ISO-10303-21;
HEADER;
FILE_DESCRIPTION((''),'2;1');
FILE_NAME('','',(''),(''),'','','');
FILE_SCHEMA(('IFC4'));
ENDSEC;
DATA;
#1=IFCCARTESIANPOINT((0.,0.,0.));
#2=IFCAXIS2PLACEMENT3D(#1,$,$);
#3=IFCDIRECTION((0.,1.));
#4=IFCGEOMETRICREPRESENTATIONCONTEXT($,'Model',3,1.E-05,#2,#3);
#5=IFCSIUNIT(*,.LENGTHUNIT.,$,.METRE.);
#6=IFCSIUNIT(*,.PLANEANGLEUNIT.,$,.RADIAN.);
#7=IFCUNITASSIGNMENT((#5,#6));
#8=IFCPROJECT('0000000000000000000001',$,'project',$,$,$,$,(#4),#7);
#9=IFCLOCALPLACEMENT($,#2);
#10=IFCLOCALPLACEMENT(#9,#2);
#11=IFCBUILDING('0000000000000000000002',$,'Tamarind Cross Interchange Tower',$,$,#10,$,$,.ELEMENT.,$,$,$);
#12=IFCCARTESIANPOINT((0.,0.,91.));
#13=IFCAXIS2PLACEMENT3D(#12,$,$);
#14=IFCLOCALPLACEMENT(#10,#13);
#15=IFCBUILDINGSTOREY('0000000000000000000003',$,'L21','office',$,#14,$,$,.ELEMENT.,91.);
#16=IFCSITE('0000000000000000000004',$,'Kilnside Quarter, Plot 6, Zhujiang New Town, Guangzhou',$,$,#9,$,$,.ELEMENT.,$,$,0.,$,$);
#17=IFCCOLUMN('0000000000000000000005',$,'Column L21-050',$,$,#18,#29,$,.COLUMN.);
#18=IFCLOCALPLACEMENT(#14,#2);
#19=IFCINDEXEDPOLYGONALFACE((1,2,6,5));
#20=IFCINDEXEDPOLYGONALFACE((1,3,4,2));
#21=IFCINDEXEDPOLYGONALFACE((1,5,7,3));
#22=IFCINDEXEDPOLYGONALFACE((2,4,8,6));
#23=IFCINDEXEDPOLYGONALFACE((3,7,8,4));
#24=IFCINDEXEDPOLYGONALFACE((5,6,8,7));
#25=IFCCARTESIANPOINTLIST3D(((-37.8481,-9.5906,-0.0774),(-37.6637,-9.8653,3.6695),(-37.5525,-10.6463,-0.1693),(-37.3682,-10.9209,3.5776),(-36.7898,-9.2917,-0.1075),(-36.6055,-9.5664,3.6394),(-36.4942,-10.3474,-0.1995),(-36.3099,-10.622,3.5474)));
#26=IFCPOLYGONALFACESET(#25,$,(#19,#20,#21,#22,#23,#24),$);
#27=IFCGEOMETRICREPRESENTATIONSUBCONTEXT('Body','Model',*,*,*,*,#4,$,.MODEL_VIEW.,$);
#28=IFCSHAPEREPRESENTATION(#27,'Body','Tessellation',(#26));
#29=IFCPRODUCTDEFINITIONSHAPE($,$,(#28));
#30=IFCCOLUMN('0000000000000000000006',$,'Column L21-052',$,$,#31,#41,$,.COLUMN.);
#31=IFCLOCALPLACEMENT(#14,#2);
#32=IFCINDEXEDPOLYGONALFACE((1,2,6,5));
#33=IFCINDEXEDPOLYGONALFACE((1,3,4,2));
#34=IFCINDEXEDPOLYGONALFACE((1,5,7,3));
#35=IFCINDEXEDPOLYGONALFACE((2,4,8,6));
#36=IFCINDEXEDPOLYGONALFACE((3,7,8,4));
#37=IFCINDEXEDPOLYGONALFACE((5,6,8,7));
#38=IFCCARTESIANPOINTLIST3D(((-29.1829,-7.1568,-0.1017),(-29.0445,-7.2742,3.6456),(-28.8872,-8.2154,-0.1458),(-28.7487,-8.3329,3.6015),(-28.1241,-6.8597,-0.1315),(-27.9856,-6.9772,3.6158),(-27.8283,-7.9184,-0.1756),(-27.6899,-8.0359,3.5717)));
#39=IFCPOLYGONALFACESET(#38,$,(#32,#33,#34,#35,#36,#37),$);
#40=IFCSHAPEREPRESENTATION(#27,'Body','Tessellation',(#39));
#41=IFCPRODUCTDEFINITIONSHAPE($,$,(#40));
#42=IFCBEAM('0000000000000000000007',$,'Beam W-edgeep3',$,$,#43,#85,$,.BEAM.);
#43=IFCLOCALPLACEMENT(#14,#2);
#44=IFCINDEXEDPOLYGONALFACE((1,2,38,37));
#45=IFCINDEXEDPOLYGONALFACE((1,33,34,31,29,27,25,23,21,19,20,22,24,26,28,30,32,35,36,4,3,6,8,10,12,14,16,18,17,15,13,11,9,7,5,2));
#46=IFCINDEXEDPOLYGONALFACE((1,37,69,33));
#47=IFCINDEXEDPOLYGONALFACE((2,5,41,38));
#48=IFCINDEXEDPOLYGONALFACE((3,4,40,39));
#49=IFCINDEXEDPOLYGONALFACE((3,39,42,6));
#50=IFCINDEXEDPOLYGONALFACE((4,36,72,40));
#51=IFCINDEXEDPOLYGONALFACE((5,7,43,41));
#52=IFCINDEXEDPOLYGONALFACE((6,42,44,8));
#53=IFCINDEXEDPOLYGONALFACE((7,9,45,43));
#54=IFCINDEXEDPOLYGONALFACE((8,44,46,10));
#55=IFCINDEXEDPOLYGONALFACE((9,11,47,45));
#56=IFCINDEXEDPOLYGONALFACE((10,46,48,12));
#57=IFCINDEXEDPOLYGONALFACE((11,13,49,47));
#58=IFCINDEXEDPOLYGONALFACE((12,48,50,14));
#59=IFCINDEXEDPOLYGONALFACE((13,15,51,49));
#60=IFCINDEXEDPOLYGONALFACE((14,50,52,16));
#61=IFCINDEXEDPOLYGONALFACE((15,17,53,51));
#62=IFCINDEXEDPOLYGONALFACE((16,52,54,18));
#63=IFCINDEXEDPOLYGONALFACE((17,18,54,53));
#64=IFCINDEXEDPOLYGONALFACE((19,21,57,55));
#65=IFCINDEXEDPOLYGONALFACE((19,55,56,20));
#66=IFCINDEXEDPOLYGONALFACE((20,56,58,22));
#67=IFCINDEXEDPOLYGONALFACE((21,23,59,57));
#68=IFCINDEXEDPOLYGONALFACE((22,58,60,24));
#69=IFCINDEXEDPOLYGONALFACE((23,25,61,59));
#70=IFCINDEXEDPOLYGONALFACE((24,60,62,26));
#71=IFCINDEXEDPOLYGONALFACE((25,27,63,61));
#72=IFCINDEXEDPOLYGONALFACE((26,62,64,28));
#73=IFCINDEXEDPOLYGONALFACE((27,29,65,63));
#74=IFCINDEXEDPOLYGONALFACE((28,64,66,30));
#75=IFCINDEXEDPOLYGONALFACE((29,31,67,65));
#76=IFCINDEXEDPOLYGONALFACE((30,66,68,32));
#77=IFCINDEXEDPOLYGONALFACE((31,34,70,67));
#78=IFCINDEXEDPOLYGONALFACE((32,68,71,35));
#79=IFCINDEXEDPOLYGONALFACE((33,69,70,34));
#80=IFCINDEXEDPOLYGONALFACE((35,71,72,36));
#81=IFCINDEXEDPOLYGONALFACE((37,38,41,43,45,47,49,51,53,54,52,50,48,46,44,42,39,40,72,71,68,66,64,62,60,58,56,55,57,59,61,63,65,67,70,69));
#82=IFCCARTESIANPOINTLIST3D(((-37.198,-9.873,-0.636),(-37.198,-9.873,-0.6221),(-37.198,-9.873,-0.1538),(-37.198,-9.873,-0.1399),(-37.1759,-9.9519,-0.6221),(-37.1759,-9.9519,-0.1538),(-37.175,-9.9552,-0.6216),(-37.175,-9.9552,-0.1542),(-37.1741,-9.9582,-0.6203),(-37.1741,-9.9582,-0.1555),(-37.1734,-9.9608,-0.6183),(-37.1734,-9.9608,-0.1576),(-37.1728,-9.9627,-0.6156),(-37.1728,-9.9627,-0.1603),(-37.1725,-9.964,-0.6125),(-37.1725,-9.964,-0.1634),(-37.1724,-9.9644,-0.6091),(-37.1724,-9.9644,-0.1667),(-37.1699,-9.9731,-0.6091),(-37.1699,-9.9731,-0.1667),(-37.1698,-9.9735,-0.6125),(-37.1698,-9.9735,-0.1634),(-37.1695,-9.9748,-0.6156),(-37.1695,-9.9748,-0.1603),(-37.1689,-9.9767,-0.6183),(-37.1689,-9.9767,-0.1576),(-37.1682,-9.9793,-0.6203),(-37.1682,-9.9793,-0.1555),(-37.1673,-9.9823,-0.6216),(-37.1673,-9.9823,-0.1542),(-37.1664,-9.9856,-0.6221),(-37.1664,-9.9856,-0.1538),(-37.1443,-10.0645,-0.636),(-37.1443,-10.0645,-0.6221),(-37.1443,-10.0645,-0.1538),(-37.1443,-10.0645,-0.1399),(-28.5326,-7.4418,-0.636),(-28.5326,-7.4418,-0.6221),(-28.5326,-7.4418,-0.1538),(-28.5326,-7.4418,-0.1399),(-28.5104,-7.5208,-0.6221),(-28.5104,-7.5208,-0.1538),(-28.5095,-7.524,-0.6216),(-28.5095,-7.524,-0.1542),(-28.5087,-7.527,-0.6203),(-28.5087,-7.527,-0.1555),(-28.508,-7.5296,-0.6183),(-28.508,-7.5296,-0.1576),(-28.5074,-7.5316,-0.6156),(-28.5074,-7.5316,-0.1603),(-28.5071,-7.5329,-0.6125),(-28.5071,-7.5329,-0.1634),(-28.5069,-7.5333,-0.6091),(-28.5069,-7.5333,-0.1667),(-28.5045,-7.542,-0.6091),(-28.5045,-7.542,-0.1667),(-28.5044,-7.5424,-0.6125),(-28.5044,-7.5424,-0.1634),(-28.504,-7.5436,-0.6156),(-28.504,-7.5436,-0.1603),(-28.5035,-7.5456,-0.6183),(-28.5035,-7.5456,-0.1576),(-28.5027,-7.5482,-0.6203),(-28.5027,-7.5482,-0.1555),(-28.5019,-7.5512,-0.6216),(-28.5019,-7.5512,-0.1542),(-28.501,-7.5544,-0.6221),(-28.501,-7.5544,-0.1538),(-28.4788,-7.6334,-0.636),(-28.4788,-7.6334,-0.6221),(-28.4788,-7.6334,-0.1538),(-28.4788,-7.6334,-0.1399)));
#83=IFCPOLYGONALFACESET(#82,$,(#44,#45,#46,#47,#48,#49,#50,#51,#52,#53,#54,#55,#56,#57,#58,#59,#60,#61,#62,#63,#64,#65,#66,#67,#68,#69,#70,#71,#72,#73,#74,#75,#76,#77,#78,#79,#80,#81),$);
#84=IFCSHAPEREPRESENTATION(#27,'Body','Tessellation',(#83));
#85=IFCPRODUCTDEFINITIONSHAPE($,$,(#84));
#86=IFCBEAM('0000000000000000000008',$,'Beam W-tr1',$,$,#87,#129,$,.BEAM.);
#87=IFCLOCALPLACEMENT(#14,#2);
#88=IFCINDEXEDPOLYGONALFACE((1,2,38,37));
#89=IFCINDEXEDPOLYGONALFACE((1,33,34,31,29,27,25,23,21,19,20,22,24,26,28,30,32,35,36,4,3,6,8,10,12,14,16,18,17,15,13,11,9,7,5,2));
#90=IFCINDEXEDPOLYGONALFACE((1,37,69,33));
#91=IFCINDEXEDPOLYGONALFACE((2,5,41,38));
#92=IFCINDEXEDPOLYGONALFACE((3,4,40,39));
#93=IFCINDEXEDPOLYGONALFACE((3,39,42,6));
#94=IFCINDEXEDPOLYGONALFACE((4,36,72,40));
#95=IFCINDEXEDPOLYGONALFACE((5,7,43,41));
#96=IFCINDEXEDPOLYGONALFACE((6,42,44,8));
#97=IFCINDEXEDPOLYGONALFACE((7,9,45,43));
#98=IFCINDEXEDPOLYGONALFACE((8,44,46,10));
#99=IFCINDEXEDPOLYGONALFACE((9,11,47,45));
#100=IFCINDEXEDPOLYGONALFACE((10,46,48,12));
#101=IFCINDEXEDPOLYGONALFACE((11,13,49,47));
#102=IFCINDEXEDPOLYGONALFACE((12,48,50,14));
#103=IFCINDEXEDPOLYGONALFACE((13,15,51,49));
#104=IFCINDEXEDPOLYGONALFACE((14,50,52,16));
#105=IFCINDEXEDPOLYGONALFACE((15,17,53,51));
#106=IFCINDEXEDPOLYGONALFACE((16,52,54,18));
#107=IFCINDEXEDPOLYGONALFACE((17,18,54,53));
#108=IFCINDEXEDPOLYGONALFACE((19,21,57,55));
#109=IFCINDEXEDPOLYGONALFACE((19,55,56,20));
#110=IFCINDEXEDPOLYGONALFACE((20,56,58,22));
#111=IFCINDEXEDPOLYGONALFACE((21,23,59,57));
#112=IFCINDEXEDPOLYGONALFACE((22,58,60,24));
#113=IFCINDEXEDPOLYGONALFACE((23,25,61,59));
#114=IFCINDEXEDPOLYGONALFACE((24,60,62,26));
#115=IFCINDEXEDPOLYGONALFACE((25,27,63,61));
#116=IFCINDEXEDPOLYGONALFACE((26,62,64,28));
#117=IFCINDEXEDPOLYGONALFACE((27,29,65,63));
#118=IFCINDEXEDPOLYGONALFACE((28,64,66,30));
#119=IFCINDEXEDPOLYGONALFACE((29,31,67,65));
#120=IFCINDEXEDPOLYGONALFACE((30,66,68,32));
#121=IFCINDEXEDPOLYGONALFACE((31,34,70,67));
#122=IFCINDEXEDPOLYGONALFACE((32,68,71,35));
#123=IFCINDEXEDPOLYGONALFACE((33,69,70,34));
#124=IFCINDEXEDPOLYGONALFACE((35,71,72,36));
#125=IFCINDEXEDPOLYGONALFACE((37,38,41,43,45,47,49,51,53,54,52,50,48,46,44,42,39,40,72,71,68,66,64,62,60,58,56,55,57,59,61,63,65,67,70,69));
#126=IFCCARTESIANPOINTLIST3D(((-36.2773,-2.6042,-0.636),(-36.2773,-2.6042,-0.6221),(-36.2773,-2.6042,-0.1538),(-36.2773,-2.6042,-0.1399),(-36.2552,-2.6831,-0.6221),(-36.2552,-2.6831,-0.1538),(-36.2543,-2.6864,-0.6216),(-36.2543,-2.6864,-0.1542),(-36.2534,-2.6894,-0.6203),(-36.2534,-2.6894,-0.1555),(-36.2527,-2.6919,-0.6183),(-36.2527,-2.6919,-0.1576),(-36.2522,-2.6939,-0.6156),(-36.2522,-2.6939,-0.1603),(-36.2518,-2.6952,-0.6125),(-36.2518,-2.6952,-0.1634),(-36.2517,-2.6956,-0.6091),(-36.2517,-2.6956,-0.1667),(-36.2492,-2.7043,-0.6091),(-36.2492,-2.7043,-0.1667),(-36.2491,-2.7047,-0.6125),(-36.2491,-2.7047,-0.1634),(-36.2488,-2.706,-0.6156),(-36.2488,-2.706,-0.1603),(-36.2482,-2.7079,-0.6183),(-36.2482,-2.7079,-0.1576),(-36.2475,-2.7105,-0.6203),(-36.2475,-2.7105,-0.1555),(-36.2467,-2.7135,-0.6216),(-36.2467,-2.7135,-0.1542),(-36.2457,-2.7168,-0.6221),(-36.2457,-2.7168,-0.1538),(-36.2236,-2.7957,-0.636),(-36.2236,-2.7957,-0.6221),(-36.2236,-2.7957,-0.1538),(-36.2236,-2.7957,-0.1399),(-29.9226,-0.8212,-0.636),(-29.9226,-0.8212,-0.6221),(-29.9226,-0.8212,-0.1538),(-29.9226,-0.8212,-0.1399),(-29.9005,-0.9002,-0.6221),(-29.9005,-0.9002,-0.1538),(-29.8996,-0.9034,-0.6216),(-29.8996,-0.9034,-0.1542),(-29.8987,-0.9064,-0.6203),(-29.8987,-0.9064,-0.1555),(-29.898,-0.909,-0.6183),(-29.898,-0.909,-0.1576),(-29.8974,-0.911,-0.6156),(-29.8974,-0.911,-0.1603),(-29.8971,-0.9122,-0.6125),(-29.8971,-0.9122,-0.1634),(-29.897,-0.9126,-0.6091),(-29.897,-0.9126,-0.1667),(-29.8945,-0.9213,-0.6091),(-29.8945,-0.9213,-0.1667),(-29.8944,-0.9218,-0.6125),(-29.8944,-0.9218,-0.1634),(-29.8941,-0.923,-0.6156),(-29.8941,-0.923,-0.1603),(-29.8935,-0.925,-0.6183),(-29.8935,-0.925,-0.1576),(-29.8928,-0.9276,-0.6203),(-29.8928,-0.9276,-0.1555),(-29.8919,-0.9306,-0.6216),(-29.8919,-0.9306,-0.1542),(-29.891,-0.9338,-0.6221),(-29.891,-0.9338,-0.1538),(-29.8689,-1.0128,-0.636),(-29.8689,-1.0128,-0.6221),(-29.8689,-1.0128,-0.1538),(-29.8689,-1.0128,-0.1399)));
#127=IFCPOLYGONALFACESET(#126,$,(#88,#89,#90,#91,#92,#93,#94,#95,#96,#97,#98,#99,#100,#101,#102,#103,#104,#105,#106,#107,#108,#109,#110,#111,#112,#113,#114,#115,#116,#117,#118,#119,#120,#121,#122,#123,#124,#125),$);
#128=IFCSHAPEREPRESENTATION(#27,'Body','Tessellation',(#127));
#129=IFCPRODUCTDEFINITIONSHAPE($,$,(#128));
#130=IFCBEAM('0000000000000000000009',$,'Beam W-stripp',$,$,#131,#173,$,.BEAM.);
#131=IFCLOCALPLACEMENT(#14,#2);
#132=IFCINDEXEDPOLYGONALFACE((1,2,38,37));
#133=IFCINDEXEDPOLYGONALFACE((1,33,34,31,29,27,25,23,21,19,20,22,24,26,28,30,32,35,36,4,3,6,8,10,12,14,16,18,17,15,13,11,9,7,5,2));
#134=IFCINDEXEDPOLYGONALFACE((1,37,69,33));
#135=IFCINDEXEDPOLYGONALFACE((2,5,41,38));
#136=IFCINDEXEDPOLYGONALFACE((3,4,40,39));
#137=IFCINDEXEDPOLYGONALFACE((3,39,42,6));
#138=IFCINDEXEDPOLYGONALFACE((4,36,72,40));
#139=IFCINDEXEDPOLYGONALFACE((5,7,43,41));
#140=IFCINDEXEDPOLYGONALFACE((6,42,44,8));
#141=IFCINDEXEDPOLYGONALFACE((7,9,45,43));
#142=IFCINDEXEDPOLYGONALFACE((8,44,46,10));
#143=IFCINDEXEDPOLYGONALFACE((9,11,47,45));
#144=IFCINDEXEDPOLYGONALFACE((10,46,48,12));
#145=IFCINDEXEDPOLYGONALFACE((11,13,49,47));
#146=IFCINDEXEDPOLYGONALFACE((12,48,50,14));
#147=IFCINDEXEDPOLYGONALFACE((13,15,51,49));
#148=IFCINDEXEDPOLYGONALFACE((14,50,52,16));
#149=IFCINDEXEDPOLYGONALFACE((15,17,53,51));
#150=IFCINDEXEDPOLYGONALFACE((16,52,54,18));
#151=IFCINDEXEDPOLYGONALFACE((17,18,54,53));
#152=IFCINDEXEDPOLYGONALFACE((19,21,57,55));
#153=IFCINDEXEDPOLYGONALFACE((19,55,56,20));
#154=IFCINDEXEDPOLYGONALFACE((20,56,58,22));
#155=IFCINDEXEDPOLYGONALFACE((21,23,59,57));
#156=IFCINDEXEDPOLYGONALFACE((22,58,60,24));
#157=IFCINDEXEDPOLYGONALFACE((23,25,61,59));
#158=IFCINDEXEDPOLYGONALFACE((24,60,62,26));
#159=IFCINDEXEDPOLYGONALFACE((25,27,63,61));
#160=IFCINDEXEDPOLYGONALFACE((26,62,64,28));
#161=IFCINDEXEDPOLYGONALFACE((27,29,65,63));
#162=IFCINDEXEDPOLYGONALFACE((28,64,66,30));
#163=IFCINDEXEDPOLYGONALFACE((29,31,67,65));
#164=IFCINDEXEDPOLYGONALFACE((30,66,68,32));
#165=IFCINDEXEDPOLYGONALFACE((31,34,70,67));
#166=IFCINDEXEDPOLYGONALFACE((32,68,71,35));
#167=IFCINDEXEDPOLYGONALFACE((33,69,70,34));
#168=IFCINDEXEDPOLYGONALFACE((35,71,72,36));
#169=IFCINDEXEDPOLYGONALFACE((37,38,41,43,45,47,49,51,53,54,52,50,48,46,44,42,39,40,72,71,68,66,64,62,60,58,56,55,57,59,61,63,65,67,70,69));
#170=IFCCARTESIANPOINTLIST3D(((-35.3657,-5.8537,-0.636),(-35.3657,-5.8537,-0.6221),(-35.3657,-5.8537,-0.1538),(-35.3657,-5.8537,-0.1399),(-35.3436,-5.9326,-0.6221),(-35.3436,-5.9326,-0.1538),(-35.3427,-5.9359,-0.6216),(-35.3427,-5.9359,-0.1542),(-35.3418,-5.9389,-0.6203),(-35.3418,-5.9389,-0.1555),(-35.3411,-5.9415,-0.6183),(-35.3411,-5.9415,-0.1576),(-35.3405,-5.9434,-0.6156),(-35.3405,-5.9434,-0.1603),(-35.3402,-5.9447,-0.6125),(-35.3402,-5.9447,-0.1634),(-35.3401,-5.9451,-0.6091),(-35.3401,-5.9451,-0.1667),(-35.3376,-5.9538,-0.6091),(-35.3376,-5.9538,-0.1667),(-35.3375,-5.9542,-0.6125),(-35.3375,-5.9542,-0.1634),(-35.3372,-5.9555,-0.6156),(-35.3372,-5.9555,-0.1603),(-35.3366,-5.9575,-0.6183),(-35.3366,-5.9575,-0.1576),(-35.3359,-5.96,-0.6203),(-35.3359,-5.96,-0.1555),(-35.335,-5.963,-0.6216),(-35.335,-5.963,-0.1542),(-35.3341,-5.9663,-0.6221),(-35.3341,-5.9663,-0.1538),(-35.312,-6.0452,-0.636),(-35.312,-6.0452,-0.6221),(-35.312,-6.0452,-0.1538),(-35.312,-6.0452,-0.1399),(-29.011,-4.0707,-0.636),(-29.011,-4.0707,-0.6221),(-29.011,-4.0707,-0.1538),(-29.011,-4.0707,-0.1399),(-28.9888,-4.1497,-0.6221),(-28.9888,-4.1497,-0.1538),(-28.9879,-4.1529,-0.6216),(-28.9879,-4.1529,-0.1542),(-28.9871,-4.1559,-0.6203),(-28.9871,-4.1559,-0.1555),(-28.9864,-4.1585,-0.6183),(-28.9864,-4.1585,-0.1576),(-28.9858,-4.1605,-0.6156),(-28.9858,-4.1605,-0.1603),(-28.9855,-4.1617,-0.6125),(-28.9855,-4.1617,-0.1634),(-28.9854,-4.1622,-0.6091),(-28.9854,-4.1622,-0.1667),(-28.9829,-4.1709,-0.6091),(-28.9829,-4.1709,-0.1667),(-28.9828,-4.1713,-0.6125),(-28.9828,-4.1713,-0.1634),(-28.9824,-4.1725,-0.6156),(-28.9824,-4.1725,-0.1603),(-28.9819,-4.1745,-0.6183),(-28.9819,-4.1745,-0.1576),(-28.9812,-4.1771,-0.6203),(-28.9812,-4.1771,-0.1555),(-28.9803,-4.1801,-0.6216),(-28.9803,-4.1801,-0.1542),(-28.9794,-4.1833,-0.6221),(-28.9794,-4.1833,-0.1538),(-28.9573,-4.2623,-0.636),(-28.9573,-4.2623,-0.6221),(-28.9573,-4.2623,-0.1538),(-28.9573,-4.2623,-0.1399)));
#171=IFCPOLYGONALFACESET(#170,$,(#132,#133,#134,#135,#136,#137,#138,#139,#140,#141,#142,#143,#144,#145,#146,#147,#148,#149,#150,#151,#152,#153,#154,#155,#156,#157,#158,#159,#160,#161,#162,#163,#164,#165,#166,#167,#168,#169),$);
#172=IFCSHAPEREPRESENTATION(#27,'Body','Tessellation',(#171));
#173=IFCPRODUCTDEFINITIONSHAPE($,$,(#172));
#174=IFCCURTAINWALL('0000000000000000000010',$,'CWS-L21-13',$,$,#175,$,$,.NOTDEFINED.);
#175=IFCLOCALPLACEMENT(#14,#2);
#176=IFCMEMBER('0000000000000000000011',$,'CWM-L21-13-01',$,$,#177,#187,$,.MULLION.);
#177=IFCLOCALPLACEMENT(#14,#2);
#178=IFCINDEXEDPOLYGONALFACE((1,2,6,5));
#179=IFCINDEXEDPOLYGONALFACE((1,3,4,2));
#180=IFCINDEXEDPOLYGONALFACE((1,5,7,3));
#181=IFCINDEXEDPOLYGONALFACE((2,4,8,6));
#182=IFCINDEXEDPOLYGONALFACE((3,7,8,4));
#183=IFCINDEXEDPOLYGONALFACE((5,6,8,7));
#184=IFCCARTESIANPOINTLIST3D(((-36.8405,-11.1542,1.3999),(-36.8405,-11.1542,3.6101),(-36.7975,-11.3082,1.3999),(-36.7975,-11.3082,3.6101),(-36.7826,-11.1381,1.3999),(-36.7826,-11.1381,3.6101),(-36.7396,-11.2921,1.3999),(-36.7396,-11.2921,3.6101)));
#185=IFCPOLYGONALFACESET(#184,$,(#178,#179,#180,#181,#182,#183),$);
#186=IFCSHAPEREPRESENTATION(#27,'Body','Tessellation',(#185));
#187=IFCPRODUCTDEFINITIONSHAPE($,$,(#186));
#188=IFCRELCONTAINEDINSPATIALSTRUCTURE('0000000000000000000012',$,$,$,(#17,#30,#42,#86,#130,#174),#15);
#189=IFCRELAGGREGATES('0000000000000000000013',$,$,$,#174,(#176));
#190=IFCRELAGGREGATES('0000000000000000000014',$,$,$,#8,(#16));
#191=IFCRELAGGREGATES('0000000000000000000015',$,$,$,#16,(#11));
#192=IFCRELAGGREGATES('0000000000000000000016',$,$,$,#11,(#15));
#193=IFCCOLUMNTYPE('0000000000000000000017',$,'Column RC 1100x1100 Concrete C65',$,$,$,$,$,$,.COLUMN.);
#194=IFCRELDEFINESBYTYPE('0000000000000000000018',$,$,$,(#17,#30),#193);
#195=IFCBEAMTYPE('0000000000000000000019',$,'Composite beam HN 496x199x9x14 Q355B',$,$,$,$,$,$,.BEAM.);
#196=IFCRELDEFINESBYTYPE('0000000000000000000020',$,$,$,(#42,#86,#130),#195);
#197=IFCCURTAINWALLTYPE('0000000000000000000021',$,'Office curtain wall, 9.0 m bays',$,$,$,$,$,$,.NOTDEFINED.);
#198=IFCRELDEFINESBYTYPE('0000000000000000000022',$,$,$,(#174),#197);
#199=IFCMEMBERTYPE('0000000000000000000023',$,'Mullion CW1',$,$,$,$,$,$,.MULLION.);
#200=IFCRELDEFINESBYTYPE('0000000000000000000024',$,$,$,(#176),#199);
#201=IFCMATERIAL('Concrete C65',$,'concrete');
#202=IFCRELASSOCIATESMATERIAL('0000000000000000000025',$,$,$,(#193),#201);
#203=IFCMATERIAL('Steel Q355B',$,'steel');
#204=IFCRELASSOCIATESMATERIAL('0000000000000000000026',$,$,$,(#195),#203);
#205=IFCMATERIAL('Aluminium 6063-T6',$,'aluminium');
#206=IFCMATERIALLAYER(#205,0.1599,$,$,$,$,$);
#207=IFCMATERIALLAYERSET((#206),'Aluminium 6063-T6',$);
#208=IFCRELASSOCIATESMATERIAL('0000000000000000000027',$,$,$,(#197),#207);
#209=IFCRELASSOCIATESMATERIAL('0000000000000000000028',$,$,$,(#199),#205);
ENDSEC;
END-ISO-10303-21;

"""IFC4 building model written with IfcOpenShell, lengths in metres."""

from ifc_helpers import new_model, si_unit, direction, frame, origin, origin_2d, place, context, subcontext, project, spatial, rectangle, i_section, extrude, material, layer, layer_set, material_profile, profile_set, type_object, element, aggregate, save


model = new_model("IFC4")

# Units and contexts
model_context = context("Model", 3, precision=1e-05, world=origin(), true_north=direction((0.0, 1.0)))
body_context = subcontext(model_context, "Body", "Model", "MODEL_VIEW")
ifc_project = project(units=[si_unit("LENGTHUNIT", "METRE"), si_unit("PLANEANGLEUNIT", "RADIAN")], contexts=[model_context])

# Site, building, storey
site_placement = place(None, origin())
site = spatial("IfcSite", under=ifc_project, at=site_placement, Name="Kilnside Quarter, Plot 6, Zhujiang New Town, Guangzhou", CompositionType="ELEMENT", RefElevation=0.0)
building_placement = place(site_placement, origin())
building = spatial("IfcBuilding", under=site, at=building_placement, Name="Tamarind Cross Interchange Tower", CompositionType="ELEMENT")
storey_placement = place(building_placement, frame((0.0, 0.0, 91.0)))
storey = spatial("IfcBuildingStorey", under=building, at=storey_placement, Name="L21", Description="office", CompositionType="ELEMENT", Elevation=91.0)

# Columns
ifc_material_1 = material(Name="Concrete C65", Category="concrete")
ifc_material_profile_1 = material_profile(ifc_material_1, rectangle(XDim=1.1001, YDim=1.1001, at=origin_2d()), Name="RC 1100x1100")
ifc_profile_set_1 = profile_set([ifc_material_profile_1], Name="Concrete C65")
column_type = type_object("IfcColumnType", Name="Column RC 1100x1100 Concrete C65", PredefinedType="COLUMN", material=ifc_profile_set_1)
column_1_placement = place(storey_placement, frame((-37.1711, -9.969, -0.1384), z_axis=(0.049005, -0.07302, 0.996126), x_axis=(-0.268669, 0.959601, 0.08356)))
element("IfcColumn", 1, at=column_1_placement, inside=storey, type_object=column_type, Name="Column L21-050", PredefinedType="COLUMN", context=body_context, shape_type="SweptSolid", body=[
    extrude(rectangle(XDim=1.1001, YDim=1.1001, at=origin_2d()), origin(), (0.0, 0.0, 1.0), 3.7615),
])
column_2_placement = place(storey_placement, frame((-28.5056, -7.5376, -0.1387), z_axis=(0.036897, -0.031301, 0.998829), x_axis=(-0.268825, 0.962354, 0.040088)))
element("IfcColumn", 2, at=column_2_placement, inside=storey, type_object=column_type, Name="Column L21-052", PredefinedType="COLUMN", context=body_context, shape_type="SweptSolid", body=[
    extrude(rectangle(XDim=1.1001, YDim=1.1001, at=origin_2d()), origin(), (0.0, 0.0, 1.0), 3.7517),
])

# Beams
ifc_material_2 = material(Name="Steel Q355B", Category="steel")
ifc_material_profile_2 = material_profile(ifc_material_2, i_section(OverallWidth=0.199, OverallDepth=0.4961, WebThickness=0.009, FlangeThickness=0.0139, FilletRadius=0.0129, at=origin_2d()), Name="HN 496x199x9x14")
ifc_profile_set_2 = profile_set([ifc_material_profile_2], Name="Steel Q355B")
beam_type = type_object("IfcBeamType", Name="Composite beam HN 496x199x9x14 Q355B", PredefinedType="BEAM", material=ifc_profile_set_2)
beam_placement = place(storey_placement, frame((-37.1711, -9.9688, -0.3879), z_axis=(0.962825, 0.270125, 0.0), x_axis=(-0.270125, 0.962825, 0.0)))
element("IfcBeam", 3, at=beam_placement, inside=storey, type_object=beam_type, Name="Beam W-edgeep3", PredefinedType="BEAM", context=body_context, shape_type="SweptSolid", body=[
    extrude(i_section(OverallWidth=0.199, OverallDepth=0.4961, WebThickness=0.009, FlangeThickness=0.0139, FilletRadius=0.0129, at=origin_2d()), origin(), (0.0, 0.0, 1.0), 9.0),
])
for number, where, z_axis, x_axis, name in (
    (4, (-29.8958, -0.917, -0.3879), (-0.962821, -0.27014, 0.0), (0.27014, -0.962821, 0.0), "Beam W-tr1"),
    (5, (-28.9841, -4.1665, -0.3879), (-0.962821, -0.27014, 0.0), (0.27014, -0.962821, 0.0), "Beam W-stripp"),
):
    element("IfcBeam", number, at=place(storey_placement, frame(where, z_axis=z_axis, x_axis=x_axis)), inside=storey, type_object=beam_type, Name=name, PredefinedType="BEAM", context=body_context, shape_type="SweptSolid", body=[
        extrude(i_section(OverallWidth=0.199, OverallDepth=0.4961, WebThickness=0.009, FlangeThickness=0.0139, FilletRadius=0.0129, at=origin_2d()), origin(), (0.0, 0.0, 1.0), 6.6001),
    ])

# Curtain wall, member
ifc_material_3 = material(Name="Aluminium 6063-T6", Category="aluminium")
ifc_layer_1 = layer(ifc_material_3, 0.1599)
ifc_layer_set_1 = layer_set([ifc_layer_1], Name="Aluminium 6063-T6")
curtain_wall_type = type_object("IfcCurtainWallType", Name="Office curtain wall, 9.0 m bays", PredefinedType="NOTDEFINED", material=ifc_layer_set_1)
curtain_wall_placement = place(storey_placement, origin())
curtain_wall = element("IfcCurtainWall", 6, at=curtain_wall_placement, inside=storey, type_object=curtain_wall_type, Name="CWS-L21-13", PredefinedType="NOTDEFINED")
ifc_material_profile_3 = material_profile(ifc_material_3, rectangle(XDim=0.0601, YDim=0.1599, at=origin_2d()), Name="Mullion CW1")
ifc_profile_set_3 = profile_set([ifc_material_profile_3], Name="Aluminium 6063-T6")
member_type = type_object("IfcMemberType", Name="Mullion CW1", PredefinedType="MULLION", material=ifc_profile_set_3)
member_placement = place(storey_placement, frame((-36.79, -11.2231, 1.3999), z_axis=(0.0, 0.0, 1.0), x_axis=(0.963187, 0.268831, 0.0)))
member = element("IfcMember", 7, at=member_placement, type_object=member_type, Name="CWM-L21-13-01", PredefinedType="MULLION", context=body_context, shape_type="SweptSolid", body=[
    extrude(rectangle(XDim=0.0601, YDim=0.1599, at=origin_2d()), origin(), (0.0, 0.0, 1.0), 2.2102),
])
aggregate(curtain_wall, [member])

save(model, "model.ifc")
